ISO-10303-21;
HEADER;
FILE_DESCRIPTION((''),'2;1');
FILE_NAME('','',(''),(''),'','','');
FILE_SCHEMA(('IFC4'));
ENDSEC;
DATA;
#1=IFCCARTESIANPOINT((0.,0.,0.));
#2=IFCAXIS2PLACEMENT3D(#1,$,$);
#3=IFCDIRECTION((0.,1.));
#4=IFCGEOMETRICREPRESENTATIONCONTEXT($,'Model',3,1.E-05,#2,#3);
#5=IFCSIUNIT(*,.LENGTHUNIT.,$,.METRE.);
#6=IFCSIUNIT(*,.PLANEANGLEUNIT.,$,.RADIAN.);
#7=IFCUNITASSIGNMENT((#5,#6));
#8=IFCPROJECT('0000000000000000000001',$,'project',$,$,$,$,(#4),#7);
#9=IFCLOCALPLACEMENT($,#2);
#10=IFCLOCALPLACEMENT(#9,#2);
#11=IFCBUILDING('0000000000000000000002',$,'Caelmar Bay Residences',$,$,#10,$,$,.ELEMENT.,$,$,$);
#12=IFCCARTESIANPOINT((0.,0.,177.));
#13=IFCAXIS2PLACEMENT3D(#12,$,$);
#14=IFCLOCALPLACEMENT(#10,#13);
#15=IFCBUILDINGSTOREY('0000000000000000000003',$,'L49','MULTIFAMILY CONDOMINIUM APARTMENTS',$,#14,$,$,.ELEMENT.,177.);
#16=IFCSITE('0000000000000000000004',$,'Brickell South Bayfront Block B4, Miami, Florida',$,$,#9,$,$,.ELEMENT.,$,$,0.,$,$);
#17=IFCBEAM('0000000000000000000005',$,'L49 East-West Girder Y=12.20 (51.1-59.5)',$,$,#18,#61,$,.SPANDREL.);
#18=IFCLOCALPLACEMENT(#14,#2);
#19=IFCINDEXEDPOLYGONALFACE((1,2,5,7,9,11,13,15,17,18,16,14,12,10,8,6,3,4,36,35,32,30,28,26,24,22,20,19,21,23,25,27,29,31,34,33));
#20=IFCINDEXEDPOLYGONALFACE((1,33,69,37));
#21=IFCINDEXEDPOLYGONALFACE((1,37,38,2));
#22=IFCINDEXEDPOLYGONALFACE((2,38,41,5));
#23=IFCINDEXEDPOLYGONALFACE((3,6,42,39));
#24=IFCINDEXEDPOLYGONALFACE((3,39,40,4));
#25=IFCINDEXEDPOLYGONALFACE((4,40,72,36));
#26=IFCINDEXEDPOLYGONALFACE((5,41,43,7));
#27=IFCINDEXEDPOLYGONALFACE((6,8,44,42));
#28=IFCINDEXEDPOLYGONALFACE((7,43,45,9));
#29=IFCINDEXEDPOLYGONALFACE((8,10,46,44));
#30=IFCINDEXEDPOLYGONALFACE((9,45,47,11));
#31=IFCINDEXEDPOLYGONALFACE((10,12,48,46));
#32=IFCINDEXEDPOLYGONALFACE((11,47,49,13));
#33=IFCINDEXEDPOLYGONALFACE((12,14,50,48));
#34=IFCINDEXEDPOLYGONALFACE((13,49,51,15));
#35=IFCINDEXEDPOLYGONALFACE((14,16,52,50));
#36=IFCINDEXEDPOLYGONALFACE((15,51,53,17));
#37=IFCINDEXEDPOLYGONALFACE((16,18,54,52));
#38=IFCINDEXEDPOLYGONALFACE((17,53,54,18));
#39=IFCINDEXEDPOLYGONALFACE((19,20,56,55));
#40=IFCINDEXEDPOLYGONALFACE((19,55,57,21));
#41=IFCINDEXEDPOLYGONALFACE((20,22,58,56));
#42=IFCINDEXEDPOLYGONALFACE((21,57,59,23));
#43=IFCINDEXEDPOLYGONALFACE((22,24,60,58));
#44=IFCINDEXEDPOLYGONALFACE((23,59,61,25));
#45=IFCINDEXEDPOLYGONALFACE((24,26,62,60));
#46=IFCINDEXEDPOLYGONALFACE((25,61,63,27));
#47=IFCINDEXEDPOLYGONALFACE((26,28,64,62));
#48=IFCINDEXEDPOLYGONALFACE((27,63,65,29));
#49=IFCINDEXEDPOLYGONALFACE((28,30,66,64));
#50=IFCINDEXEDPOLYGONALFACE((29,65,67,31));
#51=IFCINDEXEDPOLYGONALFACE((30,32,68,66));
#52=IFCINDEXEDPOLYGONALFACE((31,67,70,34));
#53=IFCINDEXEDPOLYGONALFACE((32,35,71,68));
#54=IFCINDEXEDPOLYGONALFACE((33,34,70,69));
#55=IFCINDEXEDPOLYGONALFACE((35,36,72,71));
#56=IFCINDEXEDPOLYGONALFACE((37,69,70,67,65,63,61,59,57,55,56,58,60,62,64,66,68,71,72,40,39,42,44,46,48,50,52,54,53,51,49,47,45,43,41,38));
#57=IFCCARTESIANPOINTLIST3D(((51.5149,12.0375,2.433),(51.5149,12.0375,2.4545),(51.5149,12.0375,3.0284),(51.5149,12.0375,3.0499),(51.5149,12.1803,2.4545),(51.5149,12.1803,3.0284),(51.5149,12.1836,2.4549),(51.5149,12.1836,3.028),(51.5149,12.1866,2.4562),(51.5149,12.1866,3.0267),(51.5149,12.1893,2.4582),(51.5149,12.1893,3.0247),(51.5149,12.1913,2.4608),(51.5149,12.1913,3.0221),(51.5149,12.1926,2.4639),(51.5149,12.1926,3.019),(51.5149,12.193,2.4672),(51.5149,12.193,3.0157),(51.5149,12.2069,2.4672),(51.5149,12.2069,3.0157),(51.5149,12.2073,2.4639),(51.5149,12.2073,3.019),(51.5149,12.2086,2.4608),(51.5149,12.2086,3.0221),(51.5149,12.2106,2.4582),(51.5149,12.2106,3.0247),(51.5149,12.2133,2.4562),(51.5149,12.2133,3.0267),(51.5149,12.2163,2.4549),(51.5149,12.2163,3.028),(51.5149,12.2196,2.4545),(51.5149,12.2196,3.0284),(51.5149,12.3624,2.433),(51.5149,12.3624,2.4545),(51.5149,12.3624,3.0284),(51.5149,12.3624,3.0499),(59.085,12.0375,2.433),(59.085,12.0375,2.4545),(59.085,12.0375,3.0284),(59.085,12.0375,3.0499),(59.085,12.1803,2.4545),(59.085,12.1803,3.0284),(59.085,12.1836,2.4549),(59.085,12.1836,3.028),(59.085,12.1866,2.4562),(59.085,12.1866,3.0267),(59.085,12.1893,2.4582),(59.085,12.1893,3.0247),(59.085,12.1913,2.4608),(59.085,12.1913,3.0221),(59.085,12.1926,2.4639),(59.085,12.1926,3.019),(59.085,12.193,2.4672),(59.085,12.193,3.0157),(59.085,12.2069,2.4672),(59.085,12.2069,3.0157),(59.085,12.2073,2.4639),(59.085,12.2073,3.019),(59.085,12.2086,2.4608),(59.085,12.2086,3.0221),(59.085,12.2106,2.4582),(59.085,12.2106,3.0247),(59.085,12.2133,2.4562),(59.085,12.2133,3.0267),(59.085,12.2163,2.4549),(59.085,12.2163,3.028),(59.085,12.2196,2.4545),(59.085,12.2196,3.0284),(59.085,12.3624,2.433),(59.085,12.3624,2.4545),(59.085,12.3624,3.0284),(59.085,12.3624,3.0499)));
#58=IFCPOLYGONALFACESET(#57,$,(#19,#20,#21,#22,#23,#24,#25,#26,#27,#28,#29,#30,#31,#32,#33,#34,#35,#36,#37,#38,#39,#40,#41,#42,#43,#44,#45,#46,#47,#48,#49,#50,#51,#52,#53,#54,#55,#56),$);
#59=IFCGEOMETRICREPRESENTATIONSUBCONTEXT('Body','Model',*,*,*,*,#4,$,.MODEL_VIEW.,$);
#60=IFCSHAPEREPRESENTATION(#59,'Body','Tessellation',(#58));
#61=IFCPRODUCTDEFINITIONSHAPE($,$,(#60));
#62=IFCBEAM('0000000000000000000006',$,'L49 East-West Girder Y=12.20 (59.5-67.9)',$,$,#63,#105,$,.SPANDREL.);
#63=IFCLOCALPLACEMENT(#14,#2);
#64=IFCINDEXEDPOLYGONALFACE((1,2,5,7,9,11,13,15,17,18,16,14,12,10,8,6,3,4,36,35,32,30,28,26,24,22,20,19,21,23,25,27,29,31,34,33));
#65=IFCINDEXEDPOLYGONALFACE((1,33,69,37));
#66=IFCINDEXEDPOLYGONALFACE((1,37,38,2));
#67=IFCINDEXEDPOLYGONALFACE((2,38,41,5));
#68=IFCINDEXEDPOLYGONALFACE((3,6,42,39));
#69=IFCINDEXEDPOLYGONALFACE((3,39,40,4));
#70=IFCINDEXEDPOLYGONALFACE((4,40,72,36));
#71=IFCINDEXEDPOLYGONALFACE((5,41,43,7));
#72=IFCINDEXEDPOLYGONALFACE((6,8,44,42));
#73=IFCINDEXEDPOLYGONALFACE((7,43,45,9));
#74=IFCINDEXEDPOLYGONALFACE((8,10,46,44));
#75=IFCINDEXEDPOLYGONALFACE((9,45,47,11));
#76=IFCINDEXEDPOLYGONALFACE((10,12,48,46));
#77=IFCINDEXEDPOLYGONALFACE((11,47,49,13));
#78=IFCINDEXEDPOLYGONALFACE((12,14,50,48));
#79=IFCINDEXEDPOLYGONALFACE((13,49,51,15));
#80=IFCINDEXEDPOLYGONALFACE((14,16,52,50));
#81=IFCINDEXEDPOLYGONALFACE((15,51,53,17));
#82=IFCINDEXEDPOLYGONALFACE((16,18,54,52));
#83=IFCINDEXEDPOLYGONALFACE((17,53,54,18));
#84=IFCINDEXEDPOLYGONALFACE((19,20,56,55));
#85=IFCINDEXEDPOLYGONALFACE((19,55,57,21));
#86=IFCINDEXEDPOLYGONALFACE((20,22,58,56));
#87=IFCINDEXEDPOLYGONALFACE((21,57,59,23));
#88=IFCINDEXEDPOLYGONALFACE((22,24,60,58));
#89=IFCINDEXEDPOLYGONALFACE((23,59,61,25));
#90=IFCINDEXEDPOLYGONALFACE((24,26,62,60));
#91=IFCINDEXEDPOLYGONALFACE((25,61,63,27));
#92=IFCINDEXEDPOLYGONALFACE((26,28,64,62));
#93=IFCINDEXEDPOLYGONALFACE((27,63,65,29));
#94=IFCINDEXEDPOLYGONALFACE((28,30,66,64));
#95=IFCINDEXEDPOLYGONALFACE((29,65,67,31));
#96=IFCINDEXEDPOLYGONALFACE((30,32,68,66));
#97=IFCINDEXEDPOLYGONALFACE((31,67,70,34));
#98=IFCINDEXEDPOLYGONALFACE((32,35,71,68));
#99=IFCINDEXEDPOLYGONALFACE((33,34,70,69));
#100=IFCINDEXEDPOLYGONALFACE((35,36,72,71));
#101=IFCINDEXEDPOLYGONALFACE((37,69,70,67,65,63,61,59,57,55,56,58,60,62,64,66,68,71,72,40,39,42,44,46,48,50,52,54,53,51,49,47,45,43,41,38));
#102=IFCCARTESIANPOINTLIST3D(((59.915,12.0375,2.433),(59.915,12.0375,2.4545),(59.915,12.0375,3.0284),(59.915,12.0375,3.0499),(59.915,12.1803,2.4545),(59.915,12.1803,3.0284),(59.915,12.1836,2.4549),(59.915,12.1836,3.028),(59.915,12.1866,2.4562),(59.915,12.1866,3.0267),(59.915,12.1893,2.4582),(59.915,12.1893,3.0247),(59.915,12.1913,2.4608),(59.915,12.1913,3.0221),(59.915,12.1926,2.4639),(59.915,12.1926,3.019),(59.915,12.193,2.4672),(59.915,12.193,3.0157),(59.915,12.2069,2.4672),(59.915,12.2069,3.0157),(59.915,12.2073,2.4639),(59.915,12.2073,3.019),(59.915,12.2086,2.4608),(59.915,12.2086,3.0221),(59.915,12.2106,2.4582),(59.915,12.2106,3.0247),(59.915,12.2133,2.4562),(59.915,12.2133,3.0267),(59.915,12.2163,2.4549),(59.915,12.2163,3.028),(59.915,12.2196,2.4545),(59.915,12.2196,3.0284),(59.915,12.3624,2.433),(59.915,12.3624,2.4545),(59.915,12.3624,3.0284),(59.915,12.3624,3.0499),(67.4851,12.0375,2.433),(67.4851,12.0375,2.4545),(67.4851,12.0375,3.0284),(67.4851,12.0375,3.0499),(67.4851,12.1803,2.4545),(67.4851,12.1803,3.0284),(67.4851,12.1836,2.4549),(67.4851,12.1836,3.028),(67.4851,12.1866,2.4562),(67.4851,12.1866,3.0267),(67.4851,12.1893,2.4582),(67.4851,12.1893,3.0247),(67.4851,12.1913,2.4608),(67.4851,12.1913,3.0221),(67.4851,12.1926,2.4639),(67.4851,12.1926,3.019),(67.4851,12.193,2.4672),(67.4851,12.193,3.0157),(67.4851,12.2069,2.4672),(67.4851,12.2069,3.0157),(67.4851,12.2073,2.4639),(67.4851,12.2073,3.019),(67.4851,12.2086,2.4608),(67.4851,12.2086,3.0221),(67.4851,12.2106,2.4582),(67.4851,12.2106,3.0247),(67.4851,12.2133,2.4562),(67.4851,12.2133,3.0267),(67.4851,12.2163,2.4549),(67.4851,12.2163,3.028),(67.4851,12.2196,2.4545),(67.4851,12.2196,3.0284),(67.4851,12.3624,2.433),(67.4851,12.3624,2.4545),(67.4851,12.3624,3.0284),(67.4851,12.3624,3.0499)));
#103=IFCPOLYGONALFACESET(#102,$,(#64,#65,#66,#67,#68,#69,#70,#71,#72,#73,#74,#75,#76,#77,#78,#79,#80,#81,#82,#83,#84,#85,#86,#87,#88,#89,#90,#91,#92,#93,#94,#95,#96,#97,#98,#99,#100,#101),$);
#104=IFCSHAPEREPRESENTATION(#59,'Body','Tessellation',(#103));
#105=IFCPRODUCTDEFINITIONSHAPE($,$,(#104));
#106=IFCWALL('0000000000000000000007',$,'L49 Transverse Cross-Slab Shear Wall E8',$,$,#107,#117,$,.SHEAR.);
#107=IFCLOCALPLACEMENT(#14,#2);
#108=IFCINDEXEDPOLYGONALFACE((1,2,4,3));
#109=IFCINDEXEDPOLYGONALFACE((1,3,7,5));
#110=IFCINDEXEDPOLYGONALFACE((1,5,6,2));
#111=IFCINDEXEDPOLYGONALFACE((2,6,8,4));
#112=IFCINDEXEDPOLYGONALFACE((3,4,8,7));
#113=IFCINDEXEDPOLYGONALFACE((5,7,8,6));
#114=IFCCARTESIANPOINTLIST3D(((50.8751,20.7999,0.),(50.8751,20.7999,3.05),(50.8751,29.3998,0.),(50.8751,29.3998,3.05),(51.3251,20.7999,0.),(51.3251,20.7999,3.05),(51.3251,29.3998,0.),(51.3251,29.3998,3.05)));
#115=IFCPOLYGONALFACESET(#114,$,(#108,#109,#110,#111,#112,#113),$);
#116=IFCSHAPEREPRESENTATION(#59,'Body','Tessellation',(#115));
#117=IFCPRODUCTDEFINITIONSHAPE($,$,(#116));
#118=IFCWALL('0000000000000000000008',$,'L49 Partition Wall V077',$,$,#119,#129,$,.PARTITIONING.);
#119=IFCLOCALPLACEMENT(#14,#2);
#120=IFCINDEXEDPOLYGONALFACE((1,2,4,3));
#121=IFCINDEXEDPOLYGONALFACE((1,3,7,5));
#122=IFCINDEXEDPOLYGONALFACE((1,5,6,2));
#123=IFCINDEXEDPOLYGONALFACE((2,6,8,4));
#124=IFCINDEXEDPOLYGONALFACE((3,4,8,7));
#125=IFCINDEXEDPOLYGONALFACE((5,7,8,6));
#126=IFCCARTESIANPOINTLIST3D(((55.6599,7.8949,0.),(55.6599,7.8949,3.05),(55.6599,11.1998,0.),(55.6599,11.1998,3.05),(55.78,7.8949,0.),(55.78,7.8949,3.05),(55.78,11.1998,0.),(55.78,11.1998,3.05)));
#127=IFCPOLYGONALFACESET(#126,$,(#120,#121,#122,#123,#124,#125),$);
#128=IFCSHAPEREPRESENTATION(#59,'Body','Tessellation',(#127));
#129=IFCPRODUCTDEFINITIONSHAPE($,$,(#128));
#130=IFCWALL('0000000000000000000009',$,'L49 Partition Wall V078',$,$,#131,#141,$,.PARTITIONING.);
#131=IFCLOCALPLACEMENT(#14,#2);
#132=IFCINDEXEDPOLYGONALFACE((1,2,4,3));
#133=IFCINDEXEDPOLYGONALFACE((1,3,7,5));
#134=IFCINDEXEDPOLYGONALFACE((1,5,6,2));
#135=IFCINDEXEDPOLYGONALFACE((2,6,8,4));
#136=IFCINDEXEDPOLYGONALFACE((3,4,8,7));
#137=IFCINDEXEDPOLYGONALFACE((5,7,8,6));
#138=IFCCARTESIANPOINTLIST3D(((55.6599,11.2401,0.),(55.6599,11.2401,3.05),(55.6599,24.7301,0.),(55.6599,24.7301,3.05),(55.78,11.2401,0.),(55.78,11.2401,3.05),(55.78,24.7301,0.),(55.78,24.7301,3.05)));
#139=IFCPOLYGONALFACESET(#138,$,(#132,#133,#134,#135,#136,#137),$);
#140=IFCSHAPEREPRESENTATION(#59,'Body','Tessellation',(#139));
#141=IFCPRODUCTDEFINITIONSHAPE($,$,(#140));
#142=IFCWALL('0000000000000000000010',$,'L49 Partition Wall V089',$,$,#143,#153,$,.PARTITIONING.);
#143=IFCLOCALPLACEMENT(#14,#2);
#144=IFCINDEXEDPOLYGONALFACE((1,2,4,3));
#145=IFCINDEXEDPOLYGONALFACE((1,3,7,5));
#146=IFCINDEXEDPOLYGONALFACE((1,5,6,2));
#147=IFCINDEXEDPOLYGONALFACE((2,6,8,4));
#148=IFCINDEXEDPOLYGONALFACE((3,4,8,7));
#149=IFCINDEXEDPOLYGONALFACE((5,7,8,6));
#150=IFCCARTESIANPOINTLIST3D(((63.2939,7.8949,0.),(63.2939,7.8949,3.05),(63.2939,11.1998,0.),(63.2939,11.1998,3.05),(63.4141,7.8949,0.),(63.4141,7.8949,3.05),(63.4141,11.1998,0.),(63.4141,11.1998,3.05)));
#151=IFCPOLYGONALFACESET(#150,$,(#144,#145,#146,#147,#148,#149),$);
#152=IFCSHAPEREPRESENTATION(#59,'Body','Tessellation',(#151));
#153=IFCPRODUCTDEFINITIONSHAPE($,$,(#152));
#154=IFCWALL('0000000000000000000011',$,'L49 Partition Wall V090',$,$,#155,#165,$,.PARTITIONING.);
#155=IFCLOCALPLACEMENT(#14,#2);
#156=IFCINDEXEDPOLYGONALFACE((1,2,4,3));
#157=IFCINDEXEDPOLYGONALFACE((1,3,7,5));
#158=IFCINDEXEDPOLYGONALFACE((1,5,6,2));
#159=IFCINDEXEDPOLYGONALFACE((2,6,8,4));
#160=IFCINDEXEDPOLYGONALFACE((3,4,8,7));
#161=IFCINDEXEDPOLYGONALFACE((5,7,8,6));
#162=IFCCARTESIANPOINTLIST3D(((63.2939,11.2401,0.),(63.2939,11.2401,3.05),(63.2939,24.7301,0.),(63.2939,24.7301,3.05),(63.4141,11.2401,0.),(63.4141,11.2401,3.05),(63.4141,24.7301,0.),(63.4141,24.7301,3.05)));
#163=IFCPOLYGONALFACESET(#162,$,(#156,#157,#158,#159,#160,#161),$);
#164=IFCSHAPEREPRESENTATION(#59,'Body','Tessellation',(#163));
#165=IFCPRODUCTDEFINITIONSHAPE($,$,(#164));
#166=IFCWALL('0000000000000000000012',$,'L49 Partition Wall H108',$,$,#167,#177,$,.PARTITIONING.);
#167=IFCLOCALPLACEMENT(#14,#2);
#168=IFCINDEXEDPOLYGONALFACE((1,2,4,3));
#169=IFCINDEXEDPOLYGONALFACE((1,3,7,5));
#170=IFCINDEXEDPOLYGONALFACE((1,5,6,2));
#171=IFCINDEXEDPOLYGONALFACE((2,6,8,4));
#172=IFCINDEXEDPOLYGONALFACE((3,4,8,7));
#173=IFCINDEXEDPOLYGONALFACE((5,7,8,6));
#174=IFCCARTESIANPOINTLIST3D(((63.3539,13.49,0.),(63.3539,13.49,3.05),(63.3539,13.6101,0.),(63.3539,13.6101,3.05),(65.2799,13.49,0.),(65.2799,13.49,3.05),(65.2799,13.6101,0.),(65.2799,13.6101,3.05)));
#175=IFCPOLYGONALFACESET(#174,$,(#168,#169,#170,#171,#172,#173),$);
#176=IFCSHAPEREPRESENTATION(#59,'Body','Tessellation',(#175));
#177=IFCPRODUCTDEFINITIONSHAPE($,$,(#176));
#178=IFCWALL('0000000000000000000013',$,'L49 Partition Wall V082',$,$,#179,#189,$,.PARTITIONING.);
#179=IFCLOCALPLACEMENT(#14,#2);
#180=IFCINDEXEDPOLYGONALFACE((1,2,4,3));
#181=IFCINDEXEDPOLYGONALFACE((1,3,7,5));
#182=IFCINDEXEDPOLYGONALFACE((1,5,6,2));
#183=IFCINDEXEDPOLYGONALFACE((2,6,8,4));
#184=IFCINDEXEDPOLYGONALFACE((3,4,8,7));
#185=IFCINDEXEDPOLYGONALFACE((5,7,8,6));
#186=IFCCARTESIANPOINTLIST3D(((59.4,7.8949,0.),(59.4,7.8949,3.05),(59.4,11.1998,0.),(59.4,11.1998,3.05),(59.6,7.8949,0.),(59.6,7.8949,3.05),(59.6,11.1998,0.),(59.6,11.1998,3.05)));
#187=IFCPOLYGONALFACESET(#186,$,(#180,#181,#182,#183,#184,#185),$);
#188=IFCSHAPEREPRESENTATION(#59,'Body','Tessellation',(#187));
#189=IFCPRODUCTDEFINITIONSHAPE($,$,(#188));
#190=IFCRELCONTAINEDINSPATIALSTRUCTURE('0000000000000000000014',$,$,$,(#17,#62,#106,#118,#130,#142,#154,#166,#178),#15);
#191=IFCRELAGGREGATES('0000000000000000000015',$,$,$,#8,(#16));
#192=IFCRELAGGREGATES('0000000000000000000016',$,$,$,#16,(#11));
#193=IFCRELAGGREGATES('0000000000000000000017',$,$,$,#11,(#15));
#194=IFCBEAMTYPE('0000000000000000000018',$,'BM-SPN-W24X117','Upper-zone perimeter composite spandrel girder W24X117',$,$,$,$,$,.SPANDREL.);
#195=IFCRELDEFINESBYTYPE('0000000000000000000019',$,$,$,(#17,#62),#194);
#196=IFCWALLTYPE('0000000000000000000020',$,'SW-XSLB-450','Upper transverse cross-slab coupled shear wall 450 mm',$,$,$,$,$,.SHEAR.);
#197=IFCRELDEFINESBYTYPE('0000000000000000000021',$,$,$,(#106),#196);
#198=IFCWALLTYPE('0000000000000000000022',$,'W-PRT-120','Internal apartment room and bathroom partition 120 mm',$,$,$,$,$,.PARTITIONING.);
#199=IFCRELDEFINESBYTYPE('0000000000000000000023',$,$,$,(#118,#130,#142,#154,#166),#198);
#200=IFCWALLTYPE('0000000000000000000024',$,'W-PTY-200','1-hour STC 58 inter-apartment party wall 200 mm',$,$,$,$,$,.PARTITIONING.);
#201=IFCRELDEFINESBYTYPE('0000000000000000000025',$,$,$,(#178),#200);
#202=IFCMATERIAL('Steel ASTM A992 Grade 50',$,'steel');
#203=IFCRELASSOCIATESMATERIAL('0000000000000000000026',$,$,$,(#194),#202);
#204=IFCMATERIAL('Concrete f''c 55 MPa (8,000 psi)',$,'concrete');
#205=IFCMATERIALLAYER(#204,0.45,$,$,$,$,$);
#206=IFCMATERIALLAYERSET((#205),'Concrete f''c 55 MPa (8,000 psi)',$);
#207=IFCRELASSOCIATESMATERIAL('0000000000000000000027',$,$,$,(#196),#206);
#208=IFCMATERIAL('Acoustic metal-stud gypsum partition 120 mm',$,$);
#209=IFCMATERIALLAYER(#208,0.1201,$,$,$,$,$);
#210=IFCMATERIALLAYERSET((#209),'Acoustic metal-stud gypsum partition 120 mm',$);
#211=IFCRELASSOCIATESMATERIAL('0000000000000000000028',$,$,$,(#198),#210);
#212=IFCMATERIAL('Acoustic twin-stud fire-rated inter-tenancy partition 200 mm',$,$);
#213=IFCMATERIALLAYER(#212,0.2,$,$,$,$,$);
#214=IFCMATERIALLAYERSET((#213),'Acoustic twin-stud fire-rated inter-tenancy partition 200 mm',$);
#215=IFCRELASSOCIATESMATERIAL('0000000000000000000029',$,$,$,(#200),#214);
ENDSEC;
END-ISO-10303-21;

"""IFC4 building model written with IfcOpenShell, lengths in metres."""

from ifc_helpers import new_model, si_unit, direction, frame, frame_2d, origin, origin_2d, place, context, subcontext, project, spatial, rectangle, i_section, extrude, material, layer, layer_set, material_profile, profile_set, type_object, element, save


model = new_model("IFC4")

# Units and contexts
model_context = context("Model", 3, precision=1e-05, world=origin(), true_north=direction((0.0, 1.0)))
body_context = subcontext(model_context, "Body", "Model", "MODEL_VIEW")
ifc_project = project(units=[si_unit("LENGTHUNIT", "METRE"), si_unit("PLANEANGLEUNIT", "RADIAN")], contexts=[model_context])

# Site, building, storey
site_placement = place(None, origin())
site = spatial("IfcSite", under=ifc_project, at=site_placement, Name="Brickell South Bayfront Block B4, Miami, Florida", CompositionType="ELEMENT", RefElevation=0.0)
building_placement = place(site_placement, origin())
building = spatial("IfcBuilding", under=site, at=building_placement, Name="Caelmar Bay Residences", CompositionType="ELEMENT")
storey_placement = place(building_placement, frame((0.0, 0.0, 177.0)))
storey = spatial("IfcBuildingStorey", under=building, at=storey_placement, Name="L49", Description="MULTIFAMILY CONDOMINIUM APARTMENTS", CompositionType="ELEMENT", Elevation=177.0)

# Shared definitions
ifc_material_1 = material(Name="Concrete f'c 55 MPa (8,000 psi)", Category="concrete")

# Beams
ifc_material_2 = material(Name="Steel ASTM A992 Grade 50", Category="steel")
ifc_material_profile_1 = material_profile(ifc_material_2, i_section(OverallWidth=0.325, OverallDepth=0.6169, WebThickness=0.0139, FlangeThickness=0.0215, FilletRadius=0.0127, at=origin_2d()), Name="W24X117")
ifc_profile_set_1 = profile_set([ifc_material_profile_1], Name="Steel ASTM A992 Grade 50")
beam_type_1 = type_object("IfcBeamType", Name="BM-SPN-W24X117", Description="Upper-zone perimeter composite spandrel girder W24X117", PredefinedType="SPANDREL", material=ifc_profile_set_1)
for number, where, z_axis, x_axis, name in (
    (1, (51.5149, 12.2, 2.7415), (1.0, 0.0, 0.0), (0.0, 1.0, 0.0), "L49 East-West Girder Y=12.20 (51.1-59.5)"),
    (2, (59.915, 12.2, 2.7415), (1.0, 0.0, 0.0), (0.0, 1.0, 0.0), "L49 East-West Girder Y=12.20 (59.5-67.9)"),
):
    element("IfcBeam", number, at=place(storey_placement, frame(where, z_axis=z_axis, x_axis=x_axis)), inside=storey, type_object=beam_type_1, Name=name, PredefinedType="SPANDREL", context=body_context, shape_type="SweptSolid", body=[
        extrude(i_section(OverallWidth=0.325, OverallDepth=0.6169, WebThickness=0.0139, FlangeThickness=0.0215, FilletRadius=0.0127, at=origin_2d()), origin(), (0.0, 0.0, 1.0), 7.5701),
    ])

# Walls
ifc_layer_1 = layer(ifc_material_1, 0.45)
ifc_layer_set_1 = layer_set([ifc_layer_1], Name="Concrete f'c 55 MPa (8,000 psi)")
wall_type_1 = type_object("IfcWallType", Name="SW-XSLB-450", Description="Upper transverse cross-slab coupled shear wall 450 mm", PredefinedType="SHEAR", material=ifc_layer_set_1)
wall_1_placement = place(storey_placement, frame((51.1001, 20.8, 0.0), z_axis=(0.0, 0.0, 1.0), x_axis=(0.0, 1.0, 0.0)))
element("IfcWall", 3, at=wall_1_placement, inside=storey, type_object=wall_type_1, Name="L49 Transverse Cross-Slab Shear Wall E8", PredefinedType="SHEAR", context=body_context, shape_type="SweptSolid", body=[
    extrude(rectangle(XDim=8.5999, YDim=0.45, at=frame_2d((4.2998, 0.0))), origin(), (0.0, 0.0, 1.0), 3.05),
])
ifc_material_3 = material(Name="Acoustic metal-stud gypsum partition 120 mm")
ifc_layer_2 = layer(ifc_material_3, 0.1201)
ifc_layer_set_2 = layer_set([ifc_layer_2], Name="Acoustic metal-stud gypsum partition 120 mm")
wall_type_2 = type_object("IfcWallType", Name="W-PRT-120", Description="Internal apartment room and bathroom partition 120 mm", PredefinedType="PARTITIONING", material=ifc_layer_set_2)
wall_2_placement = place(storey_placement, frame((55.72, 7.895, 0.0), z_axis=(0.0, 0.0, 1.0), x_axis=(0.0, 1.0, 0.0)))
element("IfcWall", 4, at=wall_2_placement, inside=storey, type_object=wall_type_2, Name="L49 Partition Wall V077", PredefinedType="PARTITIONING", context=body_context, shape_type="SweptSolid", body=[
    extrude(rectangle(XDim=3.3049, YDim=0.1201, at=frame_2d((1.6523, 0.0))), origin(), (0.0, 0.0, 1.0), 3.05),
])
wall_3_placement = place(storey_placement, frame((55.72, 11.24, 0.0), z_axis=(0.0, 0.0, 1.0), x_axis=(0.0, 1.0, 0.0)))
element("IfcWall", 5, at=wall_3_placement, inside=storey, type_object=wall_type_2, Name="L49 Partition Wall V078", PredefinedType="PARTITIONING", context=body_context, shape_type="SweptSolid", body=[
    extrude(rectangle(XDim=13.49, YDim=0.1201, at=frame_2d((6.7451, 0.0))), origin(), (0.0, 0.0, 1.0), 3.05),
])
wall_4_placement = place(storey_placement, frame((63.354, 7.895, 0.0), z_axis=(0.0, 0.0, 1.0), x_axis=(0.0, 1.0, 0.0)))
element("IfcWall", 6, at=wall_4_placement, inside=storey, type_object=wall_type_2, Name="L49 Partition Wall V089", PredefinedType="PARTITIONING", context=body_context, shape_type="SweptSolid", body=[
    extrude(rectangle(XDim=3.3049, YDim=0.1201, at=frame_2d((1.6523, 0.0))), origin(), (0.0, 0.0, 1.0), 3.05),
])
wall_5_placement = place(storey_placement, frame((63.354, 11.24, 0.0), z_axis=(0.0, 0.0, 1.0), x_axis=(0.0, 1.0, 0.0)))
element("IfcWall", 7, at=wall_5_placement, inside=storey, type_object=wall_type_2, Name="L49 Partition Wall V090", PredefinedType="PARTITIONING", context=body_context, shape_type="SweptSolid", body=[
    extrude(rectangle(XDim=13.49, YDim=0.1201, at=frame_2d((6.7451, 0.0))), origin(), (0.0, 0.0, 1.0), 3.05),
])

# Walls
wall_6_placement = place(storey_placement, frame((63.354, 13.55, 0.0), z_axis=(0.0, 0.0, 1.0), x_axis=(1.0, 0.0, 0.0)))
element("IfcWall", 8, at=wall_6_placement, inside=storey, type_object=wall_type_2, Name="L49 Partition Wall H108", PredefinedType="PARTITIONING", context=body_context, shape_type="SweptSolid", body=[
    extrude(rectangle(XDim=1.926, YDim=0.1201, at=frame_2d((0.9629, 0.0))), origin(), (0.0, 0.0, 1.0), 3.05),
])
ifc_material_4 = material(Name="Acoustic twin-stud fire-rated inter-tenancy partition 200 mm")
ifc_layer_3 = layer(ifc_material_4, 0.2)
ifc_layer_set_3 = layer_set([ifc_layer_3], Name="Acoustic twin-stud fire-rated inter-tenancy partition 200 mm")
wall_type_3 = type_object("IfcWallType", Name="W-PTY-200", Description="1-hour STC 58 inter-apartment party wall 200 mm", PredefinedType="PARTITIONING", material=ifc_layer_set_3)
wall_7_placement = place(storey_placement, frame((59.5, 7.895, 0.0), z_axis=(0.0, 0.0, 1.0), x_axis=(0.0, 1.0, 0.0)))
element("IfcWall", 9, at=wall_7_placement, inside=storey, type_object=wall_type_3, Name="L49 Partition Wall V082", PredefinedType="PARTITIONING", context=body_context, shape_type="SweptSolid", body=[
    extrude(rectangle(XDim=3.3049, YDim=0.2, at=frame_2d((1.6523, 0.0))), origin(), (0.0, 0.0, 1.0), 3.05),
])

save(model, "model.ifc")
